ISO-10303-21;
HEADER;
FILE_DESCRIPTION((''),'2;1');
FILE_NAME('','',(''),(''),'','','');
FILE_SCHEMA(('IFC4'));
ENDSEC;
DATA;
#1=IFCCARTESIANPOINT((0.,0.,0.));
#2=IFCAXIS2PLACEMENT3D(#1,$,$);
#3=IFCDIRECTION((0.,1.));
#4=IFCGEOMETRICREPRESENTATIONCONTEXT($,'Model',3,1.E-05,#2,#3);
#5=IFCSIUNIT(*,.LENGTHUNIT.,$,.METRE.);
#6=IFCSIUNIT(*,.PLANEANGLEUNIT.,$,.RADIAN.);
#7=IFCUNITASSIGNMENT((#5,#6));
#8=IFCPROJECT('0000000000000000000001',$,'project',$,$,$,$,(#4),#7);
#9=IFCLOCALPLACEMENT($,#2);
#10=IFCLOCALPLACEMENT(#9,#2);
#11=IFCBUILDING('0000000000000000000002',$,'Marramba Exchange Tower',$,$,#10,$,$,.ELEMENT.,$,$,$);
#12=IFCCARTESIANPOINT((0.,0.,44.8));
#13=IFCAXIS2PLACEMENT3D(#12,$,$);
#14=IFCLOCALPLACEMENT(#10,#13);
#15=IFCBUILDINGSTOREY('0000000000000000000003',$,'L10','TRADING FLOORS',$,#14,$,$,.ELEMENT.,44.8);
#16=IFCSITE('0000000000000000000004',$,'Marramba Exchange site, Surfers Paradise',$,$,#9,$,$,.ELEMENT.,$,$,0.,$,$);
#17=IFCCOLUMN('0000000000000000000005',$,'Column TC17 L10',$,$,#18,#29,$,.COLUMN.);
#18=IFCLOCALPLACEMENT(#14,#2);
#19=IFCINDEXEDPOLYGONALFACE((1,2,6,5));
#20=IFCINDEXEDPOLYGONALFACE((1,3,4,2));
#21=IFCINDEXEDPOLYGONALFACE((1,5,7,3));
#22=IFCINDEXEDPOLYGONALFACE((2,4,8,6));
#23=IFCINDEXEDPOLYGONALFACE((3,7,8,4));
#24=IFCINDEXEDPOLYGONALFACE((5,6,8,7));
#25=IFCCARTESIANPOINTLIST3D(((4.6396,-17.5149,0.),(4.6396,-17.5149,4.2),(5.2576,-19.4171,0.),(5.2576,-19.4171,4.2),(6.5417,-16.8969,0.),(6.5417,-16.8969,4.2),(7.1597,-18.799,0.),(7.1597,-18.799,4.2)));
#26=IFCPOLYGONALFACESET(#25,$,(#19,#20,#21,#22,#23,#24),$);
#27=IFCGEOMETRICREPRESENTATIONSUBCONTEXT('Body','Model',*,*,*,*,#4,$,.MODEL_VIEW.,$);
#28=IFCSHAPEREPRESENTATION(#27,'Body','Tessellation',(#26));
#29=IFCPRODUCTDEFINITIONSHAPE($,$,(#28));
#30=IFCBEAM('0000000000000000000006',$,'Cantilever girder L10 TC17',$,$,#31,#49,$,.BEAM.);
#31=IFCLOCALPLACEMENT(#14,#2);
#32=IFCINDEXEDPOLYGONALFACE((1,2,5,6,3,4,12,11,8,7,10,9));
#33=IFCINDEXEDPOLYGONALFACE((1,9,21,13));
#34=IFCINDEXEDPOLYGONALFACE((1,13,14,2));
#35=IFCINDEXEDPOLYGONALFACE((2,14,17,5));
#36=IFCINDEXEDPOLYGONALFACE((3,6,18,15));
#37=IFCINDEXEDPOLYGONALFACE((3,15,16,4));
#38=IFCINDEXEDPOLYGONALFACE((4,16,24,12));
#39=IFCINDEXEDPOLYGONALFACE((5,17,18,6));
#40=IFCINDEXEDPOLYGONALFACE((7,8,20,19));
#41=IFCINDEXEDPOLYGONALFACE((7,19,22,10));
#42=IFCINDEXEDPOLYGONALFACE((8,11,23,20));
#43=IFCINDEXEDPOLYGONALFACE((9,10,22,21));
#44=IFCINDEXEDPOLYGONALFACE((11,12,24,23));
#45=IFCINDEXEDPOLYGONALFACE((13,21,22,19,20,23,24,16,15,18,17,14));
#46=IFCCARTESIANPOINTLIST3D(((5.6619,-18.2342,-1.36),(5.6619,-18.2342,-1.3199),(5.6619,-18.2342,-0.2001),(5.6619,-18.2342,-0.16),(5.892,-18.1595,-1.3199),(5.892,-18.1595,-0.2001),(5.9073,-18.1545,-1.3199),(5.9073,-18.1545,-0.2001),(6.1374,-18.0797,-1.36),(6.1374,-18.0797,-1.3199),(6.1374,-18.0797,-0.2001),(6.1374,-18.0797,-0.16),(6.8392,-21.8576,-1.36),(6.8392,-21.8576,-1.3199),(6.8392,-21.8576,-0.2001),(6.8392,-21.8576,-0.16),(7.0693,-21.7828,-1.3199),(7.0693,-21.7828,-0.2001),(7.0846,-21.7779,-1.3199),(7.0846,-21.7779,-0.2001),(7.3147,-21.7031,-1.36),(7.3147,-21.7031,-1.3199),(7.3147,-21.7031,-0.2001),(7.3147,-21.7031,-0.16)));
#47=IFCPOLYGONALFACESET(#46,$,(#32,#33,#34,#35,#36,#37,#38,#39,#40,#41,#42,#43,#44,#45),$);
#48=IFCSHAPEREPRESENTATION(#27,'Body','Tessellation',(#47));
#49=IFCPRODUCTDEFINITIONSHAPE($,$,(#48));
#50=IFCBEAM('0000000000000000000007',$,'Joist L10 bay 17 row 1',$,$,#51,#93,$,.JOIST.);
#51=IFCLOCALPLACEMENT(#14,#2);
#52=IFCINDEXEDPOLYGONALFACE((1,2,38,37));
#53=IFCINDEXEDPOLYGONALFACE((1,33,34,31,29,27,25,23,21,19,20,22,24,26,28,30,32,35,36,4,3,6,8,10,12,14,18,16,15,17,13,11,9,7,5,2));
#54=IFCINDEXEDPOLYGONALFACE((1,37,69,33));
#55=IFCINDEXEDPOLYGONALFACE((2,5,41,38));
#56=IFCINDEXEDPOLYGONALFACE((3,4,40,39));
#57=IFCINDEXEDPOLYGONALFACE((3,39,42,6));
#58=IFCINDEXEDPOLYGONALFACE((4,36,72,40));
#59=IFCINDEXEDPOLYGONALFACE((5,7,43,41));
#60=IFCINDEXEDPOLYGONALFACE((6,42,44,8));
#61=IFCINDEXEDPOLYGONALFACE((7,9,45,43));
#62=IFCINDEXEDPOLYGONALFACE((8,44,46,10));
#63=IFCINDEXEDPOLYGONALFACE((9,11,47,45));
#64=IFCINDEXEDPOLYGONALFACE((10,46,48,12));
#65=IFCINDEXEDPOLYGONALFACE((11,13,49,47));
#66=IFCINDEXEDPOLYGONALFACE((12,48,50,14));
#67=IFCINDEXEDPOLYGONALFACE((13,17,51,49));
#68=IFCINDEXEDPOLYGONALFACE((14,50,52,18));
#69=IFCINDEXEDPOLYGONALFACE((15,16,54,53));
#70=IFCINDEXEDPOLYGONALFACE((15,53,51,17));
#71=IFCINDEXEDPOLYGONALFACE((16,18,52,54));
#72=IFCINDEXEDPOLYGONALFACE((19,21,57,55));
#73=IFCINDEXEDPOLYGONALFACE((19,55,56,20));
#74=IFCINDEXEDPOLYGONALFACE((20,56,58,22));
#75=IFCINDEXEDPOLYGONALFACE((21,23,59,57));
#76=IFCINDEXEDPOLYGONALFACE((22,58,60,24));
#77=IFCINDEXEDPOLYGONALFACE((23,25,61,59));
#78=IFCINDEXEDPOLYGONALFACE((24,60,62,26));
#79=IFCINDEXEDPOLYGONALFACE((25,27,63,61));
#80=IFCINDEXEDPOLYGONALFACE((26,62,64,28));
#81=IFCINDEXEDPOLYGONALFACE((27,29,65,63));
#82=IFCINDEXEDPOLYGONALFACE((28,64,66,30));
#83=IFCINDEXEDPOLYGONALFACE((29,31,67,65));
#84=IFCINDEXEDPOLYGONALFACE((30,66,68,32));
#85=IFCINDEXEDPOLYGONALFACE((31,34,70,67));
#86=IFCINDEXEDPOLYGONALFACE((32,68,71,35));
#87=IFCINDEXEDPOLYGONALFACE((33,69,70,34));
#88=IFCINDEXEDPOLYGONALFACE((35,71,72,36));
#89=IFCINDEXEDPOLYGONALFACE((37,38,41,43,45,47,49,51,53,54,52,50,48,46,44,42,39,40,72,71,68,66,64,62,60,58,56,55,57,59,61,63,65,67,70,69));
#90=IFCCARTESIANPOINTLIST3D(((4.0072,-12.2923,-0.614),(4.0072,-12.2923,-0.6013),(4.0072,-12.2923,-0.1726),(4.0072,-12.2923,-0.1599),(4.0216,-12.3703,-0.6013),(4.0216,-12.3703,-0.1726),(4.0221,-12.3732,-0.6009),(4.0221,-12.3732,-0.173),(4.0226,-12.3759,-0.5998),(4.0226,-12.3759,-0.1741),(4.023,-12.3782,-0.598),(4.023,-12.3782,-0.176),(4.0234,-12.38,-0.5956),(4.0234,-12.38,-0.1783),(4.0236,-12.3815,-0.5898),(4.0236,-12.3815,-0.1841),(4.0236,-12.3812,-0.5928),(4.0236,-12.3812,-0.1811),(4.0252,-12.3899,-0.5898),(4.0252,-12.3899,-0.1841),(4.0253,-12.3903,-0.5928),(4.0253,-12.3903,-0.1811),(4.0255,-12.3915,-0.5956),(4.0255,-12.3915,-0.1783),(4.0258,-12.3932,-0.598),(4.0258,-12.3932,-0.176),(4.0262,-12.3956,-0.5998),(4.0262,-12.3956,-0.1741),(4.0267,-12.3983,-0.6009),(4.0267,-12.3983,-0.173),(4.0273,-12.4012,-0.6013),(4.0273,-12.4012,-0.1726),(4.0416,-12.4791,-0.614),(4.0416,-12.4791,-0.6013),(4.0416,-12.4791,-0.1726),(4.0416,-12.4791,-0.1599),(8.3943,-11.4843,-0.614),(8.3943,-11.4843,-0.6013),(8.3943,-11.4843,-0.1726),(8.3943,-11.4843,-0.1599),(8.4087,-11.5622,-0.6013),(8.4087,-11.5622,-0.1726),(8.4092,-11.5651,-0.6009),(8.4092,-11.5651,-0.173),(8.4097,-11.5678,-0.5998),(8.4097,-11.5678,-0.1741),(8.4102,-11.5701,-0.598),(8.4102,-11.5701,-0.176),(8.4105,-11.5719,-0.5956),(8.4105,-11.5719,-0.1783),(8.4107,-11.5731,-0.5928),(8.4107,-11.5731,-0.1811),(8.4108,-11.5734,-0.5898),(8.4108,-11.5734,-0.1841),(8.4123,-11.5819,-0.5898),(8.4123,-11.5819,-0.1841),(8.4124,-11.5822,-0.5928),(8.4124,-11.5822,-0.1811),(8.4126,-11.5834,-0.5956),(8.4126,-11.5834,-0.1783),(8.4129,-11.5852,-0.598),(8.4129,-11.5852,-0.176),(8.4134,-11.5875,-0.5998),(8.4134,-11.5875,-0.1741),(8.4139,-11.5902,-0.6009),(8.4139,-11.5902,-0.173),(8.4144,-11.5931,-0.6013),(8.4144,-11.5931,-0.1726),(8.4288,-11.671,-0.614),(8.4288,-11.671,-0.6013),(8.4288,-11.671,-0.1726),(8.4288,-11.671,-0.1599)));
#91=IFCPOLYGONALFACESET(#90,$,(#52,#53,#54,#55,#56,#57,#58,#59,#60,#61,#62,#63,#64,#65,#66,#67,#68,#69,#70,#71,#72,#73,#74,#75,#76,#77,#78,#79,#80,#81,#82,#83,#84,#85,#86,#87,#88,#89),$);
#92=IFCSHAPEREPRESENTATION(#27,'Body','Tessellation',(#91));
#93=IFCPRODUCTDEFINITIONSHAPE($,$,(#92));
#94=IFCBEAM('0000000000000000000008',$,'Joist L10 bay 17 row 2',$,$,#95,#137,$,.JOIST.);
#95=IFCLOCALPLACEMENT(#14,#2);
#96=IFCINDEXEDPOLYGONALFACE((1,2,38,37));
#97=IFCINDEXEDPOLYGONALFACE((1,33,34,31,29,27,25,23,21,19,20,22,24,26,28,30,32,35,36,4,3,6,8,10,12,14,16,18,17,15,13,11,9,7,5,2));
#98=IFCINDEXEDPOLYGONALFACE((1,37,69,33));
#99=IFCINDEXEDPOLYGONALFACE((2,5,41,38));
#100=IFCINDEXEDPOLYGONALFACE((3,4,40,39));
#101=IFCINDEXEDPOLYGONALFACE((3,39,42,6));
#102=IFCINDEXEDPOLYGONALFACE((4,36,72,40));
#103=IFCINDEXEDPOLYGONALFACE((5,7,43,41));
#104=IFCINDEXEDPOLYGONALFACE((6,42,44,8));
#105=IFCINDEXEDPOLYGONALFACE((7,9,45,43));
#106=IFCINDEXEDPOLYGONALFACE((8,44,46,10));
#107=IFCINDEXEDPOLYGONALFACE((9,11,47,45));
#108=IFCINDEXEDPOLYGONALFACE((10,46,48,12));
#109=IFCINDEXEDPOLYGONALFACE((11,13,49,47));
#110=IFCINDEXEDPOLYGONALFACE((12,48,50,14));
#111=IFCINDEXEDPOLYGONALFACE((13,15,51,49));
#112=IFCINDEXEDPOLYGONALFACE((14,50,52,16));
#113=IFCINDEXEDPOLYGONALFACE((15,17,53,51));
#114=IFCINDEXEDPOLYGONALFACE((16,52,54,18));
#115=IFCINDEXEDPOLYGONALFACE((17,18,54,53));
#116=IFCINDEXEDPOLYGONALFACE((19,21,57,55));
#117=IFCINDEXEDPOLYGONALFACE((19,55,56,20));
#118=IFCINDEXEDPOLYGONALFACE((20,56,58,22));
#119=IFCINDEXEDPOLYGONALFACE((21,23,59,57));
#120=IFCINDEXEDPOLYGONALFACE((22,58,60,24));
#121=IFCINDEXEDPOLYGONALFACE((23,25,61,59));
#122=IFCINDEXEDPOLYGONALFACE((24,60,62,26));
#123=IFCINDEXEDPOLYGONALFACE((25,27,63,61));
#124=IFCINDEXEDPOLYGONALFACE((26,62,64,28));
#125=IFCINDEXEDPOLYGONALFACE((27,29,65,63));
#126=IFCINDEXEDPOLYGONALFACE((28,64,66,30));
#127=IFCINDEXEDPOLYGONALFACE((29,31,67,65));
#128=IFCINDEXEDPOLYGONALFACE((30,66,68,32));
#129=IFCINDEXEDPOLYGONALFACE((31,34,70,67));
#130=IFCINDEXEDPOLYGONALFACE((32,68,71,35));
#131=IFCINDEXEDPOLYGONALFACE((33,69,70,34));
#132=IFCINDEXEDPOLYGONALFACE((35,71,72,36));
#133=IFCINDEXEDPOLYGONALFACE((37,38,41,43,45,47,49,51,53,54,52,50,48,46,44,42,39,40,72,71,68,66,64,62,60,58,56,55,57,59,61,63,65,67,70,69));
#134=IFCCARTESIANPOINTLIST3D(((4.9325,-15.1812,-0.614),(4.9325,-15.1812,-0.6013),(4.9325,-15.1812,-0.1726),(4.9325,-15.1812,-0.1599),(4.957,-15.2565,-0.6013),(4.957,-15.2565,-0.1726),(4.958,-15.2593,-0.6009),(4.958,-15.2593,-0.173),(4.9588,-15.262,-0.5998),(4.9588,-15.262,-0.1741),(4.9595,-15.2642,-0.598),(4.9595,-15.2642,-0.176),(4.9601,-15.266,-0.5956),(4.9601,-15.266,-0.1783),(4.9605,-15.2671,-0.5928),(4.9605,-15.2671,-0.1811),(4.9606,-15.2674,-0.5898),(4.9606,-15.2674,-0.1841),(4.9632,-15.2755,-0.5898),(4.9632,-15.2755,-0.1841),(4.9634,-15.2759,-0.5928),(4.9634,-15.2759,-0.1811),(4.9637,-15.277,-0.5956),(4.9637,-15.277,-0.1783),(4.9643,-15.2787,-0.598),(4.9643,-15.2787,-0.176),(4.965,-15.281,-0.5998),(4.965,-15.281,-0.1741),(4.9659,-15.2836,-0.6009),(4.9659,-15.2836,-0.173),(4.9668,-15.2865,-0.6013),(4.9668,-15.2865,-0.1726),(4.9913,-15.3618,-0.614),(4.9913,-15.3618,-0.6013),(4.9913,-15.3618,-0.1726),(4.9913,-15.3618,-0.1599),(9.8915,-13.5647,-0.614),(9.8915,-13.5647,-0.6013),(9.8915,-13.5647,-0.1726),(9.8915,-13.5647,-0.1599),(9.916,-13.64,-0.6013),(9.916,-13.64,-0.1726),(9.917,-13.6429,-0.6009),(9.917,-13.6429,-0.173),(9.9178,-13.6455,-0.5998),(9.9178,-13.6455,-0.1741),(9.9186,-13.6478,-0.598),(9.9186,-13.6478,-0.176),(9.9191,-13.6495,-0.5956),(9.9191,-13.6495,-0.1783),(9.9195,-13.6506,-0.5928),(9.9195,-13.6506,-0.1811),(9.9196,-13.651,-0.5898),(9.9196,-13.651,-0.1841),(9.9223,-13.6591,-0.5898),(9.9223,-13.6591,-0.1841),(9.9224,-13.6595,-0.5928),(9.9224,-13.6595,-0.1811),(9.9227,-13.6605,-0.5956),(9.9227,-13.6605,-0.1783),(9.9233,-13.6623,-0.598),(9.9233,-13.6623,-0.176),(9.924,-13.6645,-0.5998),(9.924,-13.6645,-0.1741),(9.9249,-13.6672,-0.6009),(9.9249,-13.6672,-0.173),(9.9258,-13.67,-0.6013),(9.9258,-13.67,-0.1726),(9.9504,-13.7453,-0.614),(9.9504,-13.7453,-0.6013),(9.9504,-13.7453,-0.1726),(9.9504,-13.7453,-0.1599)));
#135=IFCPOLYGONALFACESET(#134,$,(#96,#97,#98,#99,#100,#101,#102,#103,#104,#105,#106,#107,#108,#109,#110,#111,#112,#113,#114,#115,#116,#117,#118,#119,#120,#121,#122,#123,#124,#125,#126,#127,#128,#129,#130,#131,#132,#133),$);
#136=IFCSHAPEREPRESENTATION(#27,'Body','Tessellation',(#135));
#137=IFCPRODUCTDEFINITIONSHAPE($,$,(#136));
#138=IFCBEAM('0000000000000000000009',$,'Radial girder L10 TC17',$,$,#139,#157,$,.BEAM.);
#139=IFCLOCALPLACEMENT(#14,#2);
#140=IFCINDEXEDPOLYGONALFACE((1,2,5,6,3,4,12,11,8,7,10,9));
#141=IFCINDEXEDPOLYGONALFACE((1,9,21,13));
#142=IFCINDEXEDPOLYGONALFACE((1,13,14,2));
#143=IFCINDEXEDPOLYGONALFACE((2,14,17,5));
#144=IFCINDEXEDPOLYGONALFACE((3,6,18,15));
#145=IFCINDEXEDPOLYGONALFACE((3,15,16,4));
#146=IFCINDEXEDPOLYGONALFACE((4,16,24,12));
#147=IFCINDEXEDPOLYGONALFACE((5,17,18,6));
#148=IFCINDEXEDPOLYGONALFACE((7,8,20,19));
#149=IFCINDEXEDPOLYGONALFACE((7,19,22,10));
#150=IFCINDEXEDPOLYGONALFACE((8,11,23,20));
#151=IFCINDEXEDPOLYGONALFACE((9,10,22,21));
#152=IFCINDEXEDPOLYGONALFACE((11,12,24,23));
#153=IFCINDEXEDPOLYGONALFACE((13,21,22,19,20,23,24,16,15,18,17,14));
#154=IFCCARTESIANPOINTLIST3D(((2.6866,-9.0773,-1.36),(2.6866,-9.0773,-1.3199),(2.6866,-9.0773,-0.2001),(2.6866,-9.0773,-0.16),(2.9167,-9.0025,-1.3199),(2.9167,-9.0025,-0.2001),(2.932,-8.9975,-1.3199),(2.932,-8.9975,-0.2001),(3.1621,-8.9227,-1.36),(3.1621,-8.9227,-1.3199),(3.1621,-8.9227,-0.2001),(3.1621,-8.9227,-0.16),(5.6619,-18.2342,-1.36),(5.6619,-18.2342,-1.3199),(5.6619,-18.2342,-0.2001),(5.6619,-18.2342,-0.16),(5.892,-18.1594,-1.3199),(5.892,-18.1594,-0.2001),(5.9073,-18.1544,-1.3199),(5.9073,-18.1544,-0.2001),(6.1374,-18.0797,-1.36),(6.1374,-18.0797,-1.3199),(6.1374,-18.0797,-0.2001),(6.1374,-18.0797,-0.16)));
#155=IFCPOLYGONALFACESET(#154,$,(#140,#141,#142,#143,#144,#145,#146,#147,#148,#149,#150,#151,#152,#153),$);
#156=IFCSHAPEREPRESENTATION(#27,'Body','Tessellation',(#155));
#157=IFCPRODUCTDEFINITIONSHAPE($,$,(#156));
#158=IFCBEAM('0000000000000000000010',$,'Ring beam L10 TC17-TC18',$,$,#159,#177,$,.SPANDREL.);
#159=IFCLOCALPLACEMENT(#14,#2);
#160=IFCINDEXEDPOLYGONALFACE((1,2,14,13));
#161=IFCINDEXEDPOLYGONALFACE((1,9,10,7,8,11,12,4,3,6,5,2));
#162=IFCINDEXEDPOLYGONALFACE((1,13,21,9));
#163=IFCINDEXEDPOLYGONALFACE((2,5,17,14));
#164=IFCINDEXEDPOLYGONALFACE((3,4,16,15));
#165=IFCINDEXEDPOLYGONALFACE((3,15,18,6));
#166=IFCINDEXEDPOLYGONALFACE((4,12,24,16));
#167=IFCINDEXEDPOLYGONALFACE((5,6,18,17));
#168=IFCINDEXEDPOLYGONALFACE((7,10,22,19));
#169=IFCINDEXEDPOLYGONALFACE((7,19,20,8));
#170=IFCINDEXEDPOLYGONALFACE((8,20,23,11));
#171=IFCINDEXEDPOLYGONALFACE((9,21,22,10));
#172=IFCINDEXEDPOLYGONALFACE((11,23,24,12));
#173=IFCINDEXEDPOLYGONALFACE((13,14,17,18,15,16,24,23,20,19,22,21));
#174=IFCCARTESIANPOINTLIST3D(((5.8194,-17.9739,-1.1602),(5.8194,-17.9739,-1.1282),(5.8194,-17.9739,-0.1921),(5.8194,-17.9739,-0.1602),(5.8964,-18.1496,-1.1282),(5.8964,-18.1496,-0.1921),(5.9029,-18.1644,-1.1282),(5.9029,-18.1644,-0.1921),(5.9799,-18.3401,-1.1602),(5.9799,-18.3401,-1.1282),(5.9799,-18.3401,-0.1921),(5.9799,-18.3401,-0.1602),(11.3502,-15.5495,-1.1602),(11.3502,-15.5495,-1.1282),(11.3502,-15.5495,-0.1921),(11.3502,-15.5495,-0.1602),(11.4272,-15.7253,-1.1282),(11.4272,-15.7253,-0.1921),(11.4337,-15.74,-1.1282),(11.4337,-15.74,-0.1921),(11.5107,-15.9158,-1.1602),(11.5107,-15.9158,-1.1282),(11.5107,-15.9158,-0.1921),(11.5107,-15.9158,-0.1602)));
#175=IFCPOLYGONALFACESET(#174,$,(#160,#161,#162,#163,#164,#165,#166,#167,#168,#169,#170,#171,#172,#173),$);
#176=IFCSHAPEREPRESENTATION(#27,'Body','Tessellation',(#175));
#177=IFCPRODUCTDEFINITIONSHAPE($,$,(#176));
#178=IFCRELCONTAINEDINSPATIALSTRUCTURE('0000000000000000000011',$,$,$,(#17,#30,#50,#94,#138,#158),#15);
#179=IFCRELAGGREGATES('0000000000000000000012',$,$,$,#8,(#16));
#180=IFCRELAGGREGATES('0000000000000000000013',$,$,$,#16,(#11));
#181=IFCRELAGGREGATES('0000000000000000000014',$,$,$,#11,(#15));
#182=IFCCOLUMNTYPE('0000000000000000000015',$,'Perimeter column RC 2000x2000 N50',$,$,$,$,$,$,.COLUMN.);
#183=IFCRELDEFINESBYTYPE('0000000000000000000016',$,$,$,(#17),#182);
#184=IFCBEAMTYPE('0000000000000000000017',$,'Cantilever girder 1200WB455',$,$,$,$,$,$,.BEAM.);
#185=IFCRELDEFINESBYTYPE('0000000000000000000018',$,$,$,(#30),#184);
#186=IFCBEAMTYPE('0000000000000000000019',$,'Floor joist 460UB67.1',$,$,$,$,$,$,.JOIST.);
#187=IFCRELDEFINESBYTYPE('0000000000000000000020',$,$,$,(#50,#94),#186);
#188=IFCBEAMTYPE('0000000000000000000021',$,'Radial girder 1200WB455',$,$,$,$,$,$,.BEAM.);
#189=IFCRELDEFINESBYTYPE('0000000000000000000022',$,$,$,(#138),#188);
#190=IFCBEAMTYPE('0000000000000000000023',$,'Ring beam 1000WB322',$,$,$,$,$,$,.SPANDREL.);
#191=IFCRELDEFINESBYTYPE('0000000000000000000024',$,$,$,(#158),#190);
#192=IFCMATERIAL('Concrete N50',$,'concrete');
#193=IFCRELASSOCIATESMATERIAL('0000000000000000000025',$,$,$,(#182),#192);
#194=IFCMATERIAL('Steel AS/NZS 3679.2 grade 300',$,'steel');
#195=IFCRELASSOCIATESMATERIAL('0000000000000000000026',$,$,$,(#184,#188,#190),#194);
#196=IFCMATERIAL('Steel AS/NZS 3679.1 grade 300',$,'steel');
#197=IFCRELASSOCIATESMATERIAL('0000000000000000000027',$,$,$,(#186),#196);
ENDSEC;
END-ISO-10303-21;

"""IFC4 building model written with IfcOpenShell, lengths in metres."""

from ifc_helpers import new_model, si_unit, direction, frame, origin, origin_2d, place, context, subcontext, project, spatial, rectangle, i_section, extrude, material, material_profile, profile_set, type_object, element, save


model = new_model("IFC4")

# Units and contexts
model_context = context("Model", 3, precision=1e-05, world=origin(), true_north=direction((0.0, 1.0)))
body_context = subcontext(model_context, "Body", "Model", "MODEL_VIEW")
ifc_project = project(units=[si_unit("LENGTHUNIT", "METRE"), si_unit("PLANEANGLEUNIT", "RADIAN")], contexts=[model_context])

# Site, building, storey
site_placement = place(None, origin())
site = spatial("IfcSite", under=ifc_project, at=site_placement, Name="Marramba Exchange site, Surfers Paradise", CompositionType="ELEMENT", RefElevation=0.0)
building_placement = place(site_placement, origin())
building = spatial("IfcBuilding", under=site, at=building_placement, Name="Marramba Exchange Tower", CompositionType="ELEMENT")
storey_placement = place(building_placement, frame((0.0, 0.0, 44.8)))
storey = spatial("IfcBuildingStorey", under=building, at=storey_placement, Name="L10", Description="TRADING FLOORS", CompositionType="ELEMENT", Elevation=44.8)

# Column
ifc_material_1 = material(Name="Concrete N50", Category="concrete")
ifc_material_profile_1 = material_profile(ifc_material_1, rectangle(XDim=2.0, YDim=2.0, at=origin_2d()), Name="RC 2000x2000")
ifc_profile_set_1 = profile_set([ifc_material_profile_1], Name="Concrete N50")
column_type = type_object("IfcColumnType", Name="Perimeter column RC 2000x2000 N50", PredefinedType="COLUMN", material=ifc_profile_set_1)
column_placement = place(storey_placement, frame((5.8997, -18.157, 0.0), z_axis=(0.0, 0.0, 1.0), x_axis=(0.309017, -0.951057, 0.0)))
element("IfcColumn", 1, at=column_placement, inside=storey, type_object=column_type, Name="Column TC17 L10", PredefinedType="COLUMN", context=body_context, shape_type="SweptSolid", body=[
    extrude(rectangle(XDim=2.0, YDim=2.0, at=origin_2d()), origin(), (0.0, 0.0, 1.0), 4.2),
])

# Beams
ifc_material_2 = material(Name="Steel AS/NZS 3679.2 grade 300", Category="steel")
ifc_material_profile_2 = material_profile(ifc_material_2, i_section(OverallWidth=0.5, OverallDepth=1.2, WebThickness=0.0161, FlangeThickness=0.04, at=origin_2d()), Name="1200WB455")
ifc_profile_set_2 = profile_set([ifc_material_profile_2], Name="Steel AS/NZS 3679.2 grade 300")
beam_type_1 = type_object("IfcBeamType", Name="Cantilever girder 1200WB455", PredefinedType="BEAM", material=ifc_profile_set_2)
beam_1_placement = place(storey_placement, frame((5.8997, -18.157, -0.76), z_axis=(0.309009, -0.951059, 0.0), x_axis=(0.951059, 0.309009, 0.0)))
element("IfcBeam", 2, at=beam_1_placement, inside=storey, type_object=beam_type_1, Name="Cantilever girder L10 TC17", PredefinedType="BEAM", context=body_context, shape_type="SweptSolid", body=[
    extrude(i_section(OverallWidth=0.5, OverallDepth=1.2, WebThickness=0.0161, FlangeThickness=0.04, at=origin_2d()), origin(), (0.0, 0.0, 1.0), 3.8098),
])
ifc_material_3 = material(Name="Steel AS/NZS 3679.1 grade 300", Category="steel")
ifc_material_profile_3 = material_profile(ifc_material_3, i_section(OverallWidth=0.1899, OverallDepth=0.4541, WebThickness=0.0085, FlangeThickness=0.0127, FilletRadius=0.0115, at=origin_2d()), Name="460UB67.1")
ifc_profile_set_3 = profile_set([ifc_material_profile_3], Name="Steel AS/NZS 3679.1 grade 300")
beam_type_2 = type_object("IfcBeamType", Name="Floor joist 460UB67.1", PredefinedType="JOIST", material=ifc_profile_set_3)
beam_2_placement = place(storey_placement, frame((4.0244, -12.3857, -0.387), z_axis=(0.983456, 0.181149, 0.0), x_axis=(-0.181149, 0.983456, 0.0)))
element("IfcBeam", 3, at=beam_2_placement, inside=storey, type_object=beam_type_2, Name="Joist L10 bay 17 row 1", PredefinedType="JOIST", context=body_context, shape_type="SweptSolid", body=[
    extrude(i_section(OverallWidth=0.1899, OverallDepth=0.4541, WebThickness=0.0085, FlangeThickness=0.0127, FilletRadius=0.0115, at=origin_2d()), origin(), (0.0, 0.0, 1.0), 4.4609),
])
beam_3_placement = place(storey_placement, frame((4.9619, -15.2715, -0.387), z_axis=(0.950764, 0.309916, 0.0), x_axis=(-0.309916, 0.950764, 0.0)))
element("IfcBeam", 4, at=beam_3_placement, inside=storey, type_object=beam_type_2, Name="Joist L10 bay 17 row 2", PredefinedType="JOIST", context=body_context, shape_type="SweptSolid", body=[
    extrude(i_section(OverallWidth=0.1899, OverallDepth=0.4541, WebThickness=0.0085, FlangeThickness=0.0127, FilletRadius=0.0115, at=origin_2d()), origin(), (0.0, 0.0, 1.0), 5.2158),
])
ifc_material_profile_4 = material_profile(ifc_material_2, i_section(OverallWidth=0.5, OverallDepth=1.2, WebThickness=0.0161, FlangeThickness=0.04, at=origin_2d()), Name="1200WB455")
ifc_profile_set_4 = profile_set([ifc_material_profile_4], Name="Steel AS/NZS 3679.2 grade 300")
beam_type_3 = type_object("IfcBeamType", Name="Radial girder 1200WB455", PredefinedType="BEAM", material=ifc_profile_set_4)
beam_4_placement = place(storey_placement, frame((2.9243, -9.0, -0.76), z_axis=(0.309022, -0.951055, 0.0), x_axis=(0.951055, 0.309022, 0.0)))
element("IfcBeam", 5, at=beam_4_placement, inside=storey, type_object=beam_type_3, Name="Radial girder L10 TC17", PredefinedType="BEAM", context=body_context, shape_type="SweptSolid", body=[
    extrude(i_section(OverallWidth=0.5, OverallDepth=1.2, WebThickness=0.0161, FlangeThickness=0.04, at=origin_2d()), origin(), (0.0, 0.0, 1.0), 9.6282),
])
ifc_material_profile_5 = material_profile(ifc_material_2, i_section(OverallWidth=0.3999, OverallDepth=1.0, WebThickness=0.0161, FlangeThickness=0.032, at=origin_2d()), Name="1000WB322")
ifc_profile_set_5 = profile_set([ifc_material_profile_5], Name="Steel AS/NZS 3679.2 grade 300")
beam_type_4 = type_object("IfcBeamType", Name="Ring beam 1000WB322", PredefinedType="SPANDREL", material=ifc_profile_set_5)
beam_5_placement = place(storey_placement, frame((5.8997, -18.157, -0.6602), z_axis=(0.915877, 0.401459, 0.0), x_axis=(-0.401459, 0.915877, 0.0)))
element("IfcBeam", 6, at=beam_5_placement, inside=storey, type_object=beam_type_4, Name="Ring beam L10 TC17-TC18", PredefinedType="SPANDREL", context=body_context, shape_type="SweptSolid", body=[
    extrude(i_section(OverallWidth=0.3999, OverallDepth=1.0, WebThickness=0.0161, FlangeThickness=0.032, at=origin_2d()), origin(), (0.0, 0.0, 1.0), 6.0388),
])

save(model, "model.ifc")
